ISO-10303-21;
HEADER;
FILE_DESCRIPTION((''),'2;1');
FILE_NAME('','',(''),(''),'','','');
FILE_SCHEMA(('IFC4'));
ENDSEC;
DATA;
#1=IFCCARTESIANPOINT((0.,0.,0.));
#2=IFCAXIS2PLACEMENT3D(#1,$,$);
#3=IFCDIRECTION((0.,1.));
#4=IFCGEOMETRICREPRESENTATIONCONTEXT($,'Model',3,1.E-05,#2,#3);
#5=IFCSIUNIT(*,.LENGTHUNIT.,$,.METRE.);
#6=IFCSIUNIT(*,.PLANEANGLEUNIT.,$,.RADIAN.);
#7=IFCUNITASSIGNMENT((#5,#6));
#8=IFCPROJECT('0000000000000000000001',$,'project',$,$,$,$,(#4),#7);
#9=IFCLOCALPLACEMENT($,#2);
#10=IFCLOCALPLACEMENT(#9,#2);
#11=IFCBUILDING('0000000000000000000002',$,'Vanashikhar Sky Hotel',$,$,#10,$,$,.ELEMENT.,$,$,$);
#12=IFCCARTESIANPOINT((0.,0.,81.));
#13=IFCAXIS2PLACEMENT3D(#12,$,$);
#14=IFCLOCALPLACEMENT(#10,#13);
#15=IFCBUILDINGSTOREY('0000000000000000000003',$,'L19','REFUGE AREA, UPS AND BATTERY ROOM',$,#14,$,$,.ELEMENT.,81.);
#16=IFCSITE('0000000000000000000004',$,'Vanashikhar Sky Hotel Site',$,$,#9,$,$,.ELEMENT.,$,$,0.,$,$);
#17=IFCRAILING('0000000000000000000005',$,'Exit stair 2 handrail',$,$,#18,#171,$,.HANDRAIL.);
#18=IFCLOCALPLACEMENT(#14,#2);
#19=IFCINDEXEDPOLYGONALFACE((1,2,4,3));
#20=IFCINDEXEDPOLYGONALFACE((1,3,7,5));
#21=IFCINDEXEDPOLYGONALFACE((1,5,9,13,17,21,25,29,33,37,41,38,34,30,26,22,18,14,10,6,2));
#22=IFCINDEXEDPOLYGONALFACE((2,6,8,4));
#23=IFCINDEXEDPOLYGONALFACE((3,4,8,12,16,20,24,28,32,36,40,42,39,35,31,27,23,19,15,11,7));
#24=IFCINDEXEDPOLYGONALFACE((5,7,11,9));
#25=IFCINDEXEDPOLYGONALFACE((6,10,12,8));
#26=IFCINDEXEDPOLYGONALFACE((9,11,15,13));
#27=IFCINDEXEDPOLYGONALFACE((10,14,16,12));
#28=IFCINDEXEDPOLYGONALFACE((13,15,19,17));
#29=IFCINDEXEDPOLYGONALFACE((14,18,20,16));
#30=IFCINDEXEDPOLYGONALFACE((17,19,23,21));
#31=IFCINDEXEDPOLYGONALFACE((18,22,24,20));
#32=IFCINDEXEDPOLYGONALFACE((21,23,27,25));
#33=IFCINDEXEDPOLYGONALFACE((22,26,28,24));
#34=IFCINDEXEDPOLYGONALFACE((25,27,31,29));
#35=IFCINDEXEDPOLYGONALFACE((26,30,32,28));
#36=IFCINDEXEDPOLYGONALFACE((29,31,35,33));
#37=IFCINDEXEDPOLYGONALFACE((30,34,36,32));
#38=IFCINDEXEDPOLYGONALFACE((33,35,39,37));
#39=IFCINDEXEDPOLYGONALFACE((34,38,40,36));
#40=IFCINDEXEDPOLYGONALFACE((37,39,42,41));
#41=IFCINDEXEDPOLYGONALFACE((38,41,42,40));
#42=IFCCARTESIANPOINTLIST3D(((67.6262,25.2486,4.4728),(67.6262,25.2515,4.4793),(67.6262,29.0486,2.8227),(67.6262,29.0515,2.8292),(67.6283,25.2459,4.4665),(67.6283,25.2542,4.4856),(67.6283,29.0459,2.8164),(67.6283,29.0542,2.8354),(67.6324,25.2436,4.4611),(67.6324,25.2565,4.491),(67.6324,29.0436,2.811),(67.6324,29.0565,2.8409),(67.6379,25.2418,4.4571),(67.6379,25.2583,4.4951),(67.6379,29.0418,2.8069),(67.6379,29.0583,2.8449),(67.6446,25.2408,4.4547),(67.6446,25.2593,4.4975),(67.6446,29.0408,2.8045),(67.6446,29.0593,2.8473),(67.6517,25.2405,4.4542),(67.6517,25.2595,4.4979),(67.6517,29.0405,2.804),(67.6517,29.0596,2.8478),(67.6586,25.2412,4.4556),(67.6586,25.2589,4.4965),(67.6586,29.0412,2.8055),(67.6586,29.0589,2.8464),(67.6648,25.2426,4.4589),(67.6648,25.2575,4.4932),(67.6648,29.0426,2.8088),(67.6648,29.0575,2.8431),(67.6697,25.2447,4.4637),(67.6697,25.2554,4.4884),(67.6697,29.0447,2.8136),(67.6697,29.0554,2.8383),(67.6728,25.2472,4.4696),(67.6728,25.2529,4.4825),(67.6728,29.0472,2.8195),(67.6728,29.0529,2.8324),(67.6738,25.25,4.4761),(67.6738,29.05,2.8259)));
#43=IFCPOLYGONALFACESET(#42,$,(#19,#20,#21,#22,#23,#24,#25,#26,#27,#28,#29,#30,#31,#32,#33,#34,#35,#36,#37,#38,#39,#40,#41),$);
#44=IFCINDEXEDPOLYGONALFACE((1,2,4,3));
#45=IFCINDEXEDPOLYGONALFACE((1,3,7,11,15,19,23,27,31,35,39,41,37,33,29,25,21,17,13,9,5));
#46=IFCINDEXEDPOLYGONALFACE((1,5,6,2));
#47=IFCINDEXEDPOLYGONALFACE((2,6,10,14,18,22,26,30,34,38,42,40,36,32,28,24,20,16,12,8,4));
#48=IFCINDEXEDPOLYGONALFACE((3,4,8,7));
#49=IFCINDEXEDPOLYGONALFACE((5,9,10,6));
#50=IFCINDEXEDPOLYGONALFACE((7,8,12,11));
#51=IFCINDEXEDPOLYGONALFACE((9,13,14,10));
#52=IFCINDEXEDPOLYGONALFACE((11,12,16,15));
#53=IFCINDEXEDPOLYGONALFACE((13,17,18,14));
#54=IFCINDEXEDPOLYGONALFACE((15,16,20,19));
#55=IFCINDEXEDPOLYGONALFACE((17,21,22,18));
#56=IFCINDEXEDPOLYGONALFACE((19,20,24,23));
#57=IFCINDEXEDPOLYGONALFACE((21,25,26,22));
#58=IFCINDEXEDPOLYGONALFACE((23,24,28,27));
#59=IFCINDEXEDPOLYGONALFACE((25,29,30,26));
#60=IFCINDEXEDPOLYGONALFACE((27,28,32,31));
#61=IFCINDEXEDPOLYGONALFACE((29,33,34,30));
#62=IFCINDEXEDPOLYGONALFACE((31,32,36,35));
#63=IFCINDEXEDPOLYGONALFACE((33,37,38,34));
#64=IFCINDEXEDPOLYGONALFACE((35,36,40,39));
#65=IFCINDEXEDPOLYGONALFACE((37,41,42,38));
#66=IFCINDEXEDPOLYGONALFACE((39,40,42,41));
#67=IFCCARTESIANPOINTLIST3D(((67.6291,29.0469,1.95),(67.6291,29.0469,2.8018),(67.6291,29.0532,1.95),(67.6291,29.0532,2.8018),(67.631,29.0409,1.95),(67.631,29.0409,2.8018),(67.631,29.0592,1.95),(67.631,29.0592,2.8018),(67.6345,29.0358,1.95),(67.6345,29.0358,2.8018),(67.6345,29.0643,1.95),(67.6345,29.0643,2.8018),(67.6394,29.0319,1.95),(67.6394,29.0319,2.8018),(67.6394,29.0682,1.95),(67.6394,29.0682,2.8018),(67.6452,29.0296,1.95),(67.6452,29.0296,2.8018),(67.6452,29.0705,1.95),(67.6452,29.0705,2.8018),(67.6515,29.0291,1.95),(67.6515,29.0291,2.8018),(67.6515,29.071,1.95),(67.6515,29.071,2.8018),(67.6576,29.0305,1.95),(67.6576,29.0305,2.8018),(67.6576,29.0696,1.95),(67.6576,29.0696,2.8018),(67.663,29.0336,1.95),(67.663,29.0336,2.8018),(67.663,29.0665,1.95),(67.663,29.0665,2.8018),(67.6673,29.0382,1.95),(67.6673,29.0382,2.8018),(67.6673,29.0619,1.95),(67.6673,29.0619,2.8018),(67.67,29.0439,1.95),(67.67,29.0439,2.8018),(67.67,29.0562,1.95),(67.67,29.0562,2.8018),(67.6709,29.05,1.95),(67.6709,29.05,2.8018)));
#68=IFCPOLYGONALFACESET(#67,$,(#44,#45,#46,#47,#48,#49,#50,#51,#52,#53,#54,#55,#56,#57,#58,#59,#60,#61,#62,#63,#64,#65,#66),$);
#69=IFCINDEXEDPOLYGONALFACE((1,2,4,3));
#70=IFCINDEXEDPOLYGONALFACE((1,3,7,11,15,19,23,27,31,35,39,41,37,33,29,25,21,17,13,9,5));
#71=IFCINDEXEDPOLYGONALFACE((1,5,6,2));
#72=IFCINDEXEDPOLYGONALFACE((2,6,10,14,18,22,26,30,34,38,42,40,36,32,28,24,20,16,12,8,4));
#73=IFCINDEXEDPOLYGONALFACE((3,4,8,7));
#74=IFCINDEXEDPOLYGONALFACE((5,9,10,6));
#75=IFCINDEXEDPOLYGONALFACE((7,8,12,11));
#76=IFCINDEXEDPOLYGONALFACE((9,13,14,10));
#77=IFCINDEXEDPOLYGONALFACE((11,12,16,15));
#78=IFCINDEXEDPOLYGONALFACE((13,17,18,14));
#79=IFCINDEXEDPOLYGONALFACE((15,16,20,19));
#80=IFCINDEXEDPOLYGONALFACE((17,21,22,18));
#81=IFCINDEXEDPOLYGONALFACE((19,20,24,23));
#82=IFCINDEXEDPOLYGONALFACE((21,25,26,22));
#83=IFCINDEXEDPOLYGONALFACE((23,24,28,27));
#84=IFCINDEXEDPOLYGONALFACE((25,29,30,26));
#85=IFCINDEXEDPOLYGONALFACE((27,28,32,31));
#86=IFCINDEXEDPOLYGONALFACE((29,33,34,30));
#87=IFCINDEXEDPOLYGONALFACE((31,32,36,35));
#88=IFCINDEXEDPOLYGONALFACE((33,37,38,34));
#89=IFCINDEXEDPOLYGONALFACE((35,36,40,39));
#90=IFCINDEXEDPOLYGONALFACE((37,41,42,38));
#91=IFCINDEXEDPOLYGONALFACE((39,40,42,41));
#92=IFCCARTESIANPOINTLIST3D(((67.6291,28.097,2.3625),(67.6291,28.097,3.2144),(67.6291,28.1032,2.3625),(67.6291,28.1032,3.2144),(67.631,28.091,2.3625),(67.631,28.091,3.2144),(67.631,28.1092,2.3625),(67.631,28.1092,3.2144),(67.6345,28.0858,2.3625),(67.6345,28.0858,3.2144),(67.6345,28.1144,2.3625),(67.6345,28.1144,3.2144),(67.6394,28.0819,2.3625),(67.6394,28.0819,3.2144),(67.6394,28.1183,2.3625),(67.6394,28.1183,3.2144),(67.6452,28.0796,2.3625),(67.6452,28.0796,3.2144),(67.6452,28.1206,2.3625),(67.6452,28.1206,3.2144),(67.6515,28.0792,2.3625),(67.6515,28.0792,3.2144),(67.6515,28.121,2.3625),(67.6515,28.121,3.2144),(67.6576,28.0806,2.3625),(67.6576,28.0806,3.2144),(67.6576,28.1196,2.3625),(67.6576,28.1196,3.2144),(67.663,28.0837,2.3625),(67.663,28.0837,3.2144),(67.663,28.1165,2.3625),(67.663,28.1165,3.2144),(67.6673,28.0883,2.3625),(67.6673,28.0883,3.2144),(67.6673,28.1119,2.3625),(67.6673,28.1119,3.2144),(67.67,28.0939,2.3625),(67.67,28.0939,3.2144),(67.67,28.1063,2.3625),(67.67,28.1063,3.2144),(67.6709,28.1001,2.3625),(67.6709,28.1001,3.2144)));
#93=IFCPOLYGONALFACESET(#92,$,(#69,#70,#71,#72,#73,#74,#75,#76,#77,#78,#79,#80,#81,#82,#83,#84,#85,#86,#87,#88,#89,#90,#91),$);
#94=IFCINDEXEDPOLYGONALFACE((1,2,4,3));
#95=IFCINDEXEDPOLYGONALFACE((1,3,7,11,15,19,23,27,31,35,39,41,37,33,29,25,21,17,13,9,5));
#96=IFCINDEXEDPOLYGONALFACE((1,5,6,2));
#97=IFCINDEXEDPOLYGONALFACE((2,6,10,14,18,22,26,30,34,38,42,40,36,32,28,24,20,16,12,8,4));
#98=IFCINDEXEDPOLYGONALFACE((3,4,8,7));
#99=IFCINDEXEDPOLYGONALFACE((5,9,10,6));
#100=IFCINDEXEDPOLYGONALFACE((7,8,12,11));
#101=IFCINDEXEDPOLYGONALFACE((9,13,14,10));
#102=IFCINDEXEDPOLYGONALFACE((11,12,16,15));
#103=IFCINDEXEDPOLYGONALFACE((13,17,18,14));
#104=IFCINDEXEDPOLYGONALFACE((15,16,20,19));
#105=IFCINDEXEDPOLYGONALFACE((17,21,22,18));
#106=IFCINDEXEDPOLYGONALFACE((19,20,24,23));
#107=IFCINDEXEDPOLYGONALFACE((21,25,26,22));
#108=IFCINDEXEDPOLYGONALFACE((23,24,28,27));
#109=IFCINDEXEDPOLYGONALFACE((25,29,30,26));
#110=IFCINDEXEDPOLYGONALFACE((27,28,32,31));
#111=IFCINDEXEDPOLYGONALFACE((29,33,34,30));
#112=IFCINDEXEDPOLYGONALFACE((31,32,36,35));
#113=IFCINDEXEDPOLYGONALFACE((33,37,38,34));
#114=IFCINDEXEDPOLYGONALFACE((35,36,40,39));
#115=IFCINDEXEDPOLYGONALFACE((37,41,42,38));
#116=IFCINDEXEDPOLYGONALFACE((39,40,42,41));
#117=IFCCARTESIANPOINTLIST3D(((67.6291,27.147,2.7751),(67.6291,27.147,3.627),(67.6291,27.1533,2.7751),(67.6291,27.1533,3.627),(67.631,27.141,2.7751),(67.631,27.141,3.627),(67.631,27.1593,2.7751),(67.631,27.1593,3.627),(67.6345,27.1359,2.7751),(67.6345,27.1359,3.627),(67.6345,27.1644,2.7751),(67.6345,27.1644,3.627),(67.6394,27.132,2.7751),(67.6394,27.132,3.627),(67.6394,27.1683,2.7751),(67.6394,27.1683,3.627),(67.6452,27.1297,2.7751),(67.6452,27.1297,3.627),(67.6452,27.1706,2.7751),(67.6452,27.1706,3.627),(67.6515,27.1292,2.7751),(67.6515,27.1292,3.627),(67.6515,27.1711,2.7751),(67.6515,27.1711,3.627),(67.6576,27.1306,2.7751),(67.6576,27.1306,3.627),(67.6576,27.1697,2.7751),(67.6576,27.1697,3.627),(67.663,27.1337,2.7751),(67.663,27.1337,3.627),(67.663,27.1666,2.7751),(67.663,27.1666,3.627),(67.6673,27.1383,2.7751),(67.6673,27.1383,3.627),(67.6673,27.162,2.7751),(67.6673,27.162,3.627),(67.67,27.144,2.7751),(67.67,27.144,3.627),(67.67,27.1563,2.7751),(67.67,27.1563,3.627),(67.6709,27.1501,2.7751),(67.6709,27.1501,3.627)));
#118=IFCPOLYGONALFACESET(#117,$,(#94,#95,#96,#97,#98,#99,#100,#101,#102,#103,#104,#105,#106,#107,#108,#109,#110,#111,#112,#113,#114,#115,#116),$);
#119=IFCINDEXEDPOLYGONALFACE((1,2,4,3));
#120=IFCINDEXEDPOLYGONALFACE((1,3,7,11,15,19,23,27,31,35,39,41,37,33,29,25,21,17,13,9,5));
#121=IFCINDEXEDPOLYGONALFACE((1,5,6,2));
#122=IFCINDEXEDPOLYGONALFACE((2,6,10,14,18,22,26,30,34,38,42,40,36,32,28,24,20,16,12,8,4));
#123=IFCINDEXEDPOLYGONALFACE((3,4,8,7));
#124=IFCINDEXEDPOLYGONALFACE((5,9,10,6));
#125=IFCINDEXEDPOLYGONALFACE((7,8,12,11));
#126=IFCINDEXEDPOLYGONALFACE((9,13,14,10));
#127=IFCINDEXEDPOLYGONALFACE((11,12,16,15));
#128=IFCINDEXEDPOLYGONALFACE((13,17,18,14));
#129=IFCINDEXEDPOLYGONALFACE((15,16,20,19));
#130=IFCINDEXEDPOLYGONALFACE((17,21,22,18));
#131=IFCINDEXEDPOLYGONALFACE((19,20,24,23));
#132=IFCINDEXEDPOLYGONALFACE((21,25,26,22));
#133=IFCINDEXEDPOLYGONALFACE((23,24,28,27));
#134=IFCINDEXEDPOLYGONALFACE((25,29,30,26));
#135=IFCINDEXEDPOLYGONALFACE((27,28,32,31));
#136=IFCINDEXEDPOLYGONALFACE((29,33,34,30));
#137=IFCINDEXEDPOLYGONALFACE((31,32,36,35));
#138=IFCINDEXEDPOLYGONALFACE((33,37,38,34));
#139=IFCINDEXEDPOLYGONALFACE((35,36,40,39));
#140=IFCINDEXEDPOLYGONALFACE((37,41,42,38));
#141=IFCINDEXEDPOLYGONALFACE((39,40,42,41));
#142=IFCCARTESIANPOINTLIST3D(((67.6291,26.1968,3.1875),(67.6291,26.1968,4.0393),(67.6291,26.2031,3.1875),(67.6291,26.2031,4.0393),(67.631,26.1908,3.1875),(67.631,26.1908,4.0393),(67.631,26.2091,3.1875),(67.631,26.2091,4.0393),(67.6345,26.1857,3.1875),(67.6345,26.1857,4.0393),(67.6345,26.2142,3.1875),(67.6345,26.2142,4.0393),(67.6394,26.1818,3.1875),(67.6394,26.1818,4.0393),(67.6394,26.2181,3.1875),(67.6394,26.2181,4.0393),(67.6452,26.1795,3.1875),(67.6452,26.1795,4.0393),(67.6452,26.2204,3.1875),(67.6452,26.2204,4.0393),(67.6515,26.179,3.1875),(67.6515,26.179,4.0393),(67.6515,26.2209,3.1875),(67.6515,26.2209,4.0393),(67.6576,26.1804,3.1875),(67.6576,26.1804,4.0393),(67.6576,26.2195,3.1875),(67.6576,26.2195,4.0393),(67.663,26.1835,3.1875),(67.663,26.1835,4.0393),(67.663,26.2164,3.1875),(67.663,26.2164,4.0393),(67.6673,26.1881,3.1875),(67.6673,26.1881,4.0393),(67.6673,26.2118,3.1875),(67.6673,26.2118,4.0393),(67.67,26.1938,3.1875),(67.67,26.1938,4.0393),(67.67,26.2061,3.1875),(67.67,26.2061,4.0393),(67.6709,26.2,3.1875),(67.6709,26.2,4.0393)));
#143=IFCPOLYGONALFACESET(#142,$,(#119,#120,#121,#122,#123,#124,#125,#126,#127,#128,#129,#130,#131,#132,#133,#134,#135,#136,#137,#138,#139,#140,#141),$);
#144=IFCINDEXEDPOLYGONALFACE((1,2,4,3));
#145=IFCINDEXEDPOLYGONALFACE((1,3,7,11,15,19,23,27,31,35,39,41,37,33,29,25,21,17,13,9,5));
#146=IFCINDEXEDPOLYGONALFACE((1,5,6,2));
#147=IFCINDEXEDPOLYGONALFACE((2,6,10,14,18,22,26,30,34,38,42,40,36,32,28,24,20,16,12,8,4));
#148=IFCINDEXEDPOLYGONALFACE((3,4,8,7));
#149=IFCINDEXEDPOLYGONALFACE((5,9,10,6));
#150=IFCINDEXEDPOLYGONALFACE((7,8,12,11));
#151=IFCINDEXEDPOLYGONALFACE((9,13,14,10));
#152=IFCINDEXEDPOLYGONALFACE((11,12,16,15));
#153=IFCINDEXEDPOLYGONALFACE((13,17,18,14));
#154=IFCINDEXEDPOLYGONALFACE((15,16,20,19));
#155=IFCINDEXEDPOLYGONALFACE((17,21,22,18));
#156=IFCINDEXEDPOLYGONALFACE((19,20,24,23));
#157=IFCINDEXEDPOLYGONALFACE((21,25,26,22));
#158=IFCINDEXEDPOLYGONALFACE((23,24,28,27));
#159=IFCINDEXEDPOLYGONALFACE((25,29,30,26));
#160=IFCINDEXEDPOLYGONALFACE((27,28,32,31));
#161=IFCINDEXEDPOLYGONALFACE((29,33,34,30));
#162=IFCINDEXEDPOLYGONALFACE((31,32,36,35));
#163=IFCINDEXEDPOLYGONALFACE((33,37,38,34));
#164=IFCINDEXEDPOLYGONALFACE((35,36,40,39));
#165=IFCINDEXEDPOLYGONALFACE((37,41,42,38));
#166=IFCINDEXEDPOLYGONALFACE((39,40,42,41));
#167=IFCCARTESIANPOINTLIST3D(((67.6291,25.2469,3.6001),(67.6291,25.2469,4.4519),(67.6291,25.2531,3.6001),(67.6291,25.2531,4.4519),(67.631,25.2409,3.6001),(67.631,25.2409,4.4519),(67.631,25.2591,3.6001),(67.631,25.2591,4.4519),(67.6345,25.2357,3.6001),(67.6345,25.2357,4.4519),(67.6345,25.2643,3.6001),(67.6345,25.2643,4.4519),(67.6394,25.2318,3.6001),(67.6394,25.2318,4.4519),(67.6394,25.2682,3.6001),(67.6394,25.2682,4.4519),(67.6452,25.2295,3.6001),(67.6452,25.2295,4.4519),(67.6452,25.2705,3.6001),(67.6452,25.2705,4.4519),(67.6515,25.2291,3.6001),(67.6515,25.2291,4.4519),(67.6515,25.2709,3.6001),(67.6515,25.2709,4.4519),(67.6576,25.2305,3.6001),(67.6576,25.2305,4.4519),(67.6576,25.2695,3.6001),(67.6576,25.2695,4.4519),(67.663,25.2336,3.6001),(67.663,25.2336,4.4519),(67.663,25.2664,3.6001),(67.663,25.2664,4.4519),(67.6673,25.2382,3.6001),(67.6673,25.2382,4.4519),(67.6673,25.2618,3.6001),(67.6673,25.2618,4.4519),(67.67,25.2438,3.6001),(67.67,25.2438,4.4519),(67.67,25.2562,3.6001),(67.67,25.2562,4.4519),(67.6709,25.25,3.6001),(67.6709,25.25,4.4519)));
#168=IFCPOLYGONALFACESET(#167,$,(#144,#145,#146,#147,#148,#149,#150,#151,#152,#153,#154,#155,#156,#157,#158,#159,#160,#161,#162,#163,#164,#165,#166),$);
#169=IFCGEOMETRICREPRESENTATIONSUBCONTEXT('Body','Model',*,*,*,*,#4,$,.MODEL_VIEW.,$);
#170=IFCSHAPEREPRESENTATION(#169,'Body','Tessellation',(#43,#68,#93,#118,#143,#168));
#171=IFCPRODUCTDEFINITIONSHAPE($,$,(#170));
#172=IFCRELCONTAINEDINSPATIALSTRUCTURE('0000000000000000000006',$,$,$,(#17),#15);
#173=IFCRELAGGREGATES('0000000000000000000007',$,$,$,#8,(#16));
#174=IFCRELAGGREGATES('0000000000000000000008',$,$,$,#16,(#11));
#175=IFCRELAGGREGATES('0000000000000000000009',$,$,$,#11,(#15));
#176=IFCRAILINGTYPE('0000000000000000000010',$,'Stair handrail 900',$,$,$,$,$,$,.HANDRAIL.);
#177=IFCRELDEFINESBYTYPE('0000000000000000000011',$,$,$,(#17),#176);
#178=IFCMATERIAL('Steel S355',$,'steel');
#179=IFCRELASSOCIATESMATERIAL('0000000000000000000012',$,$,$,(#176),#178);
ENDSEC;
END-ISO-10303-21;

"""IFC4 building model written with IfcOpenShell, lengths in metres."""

from ifc_helpers import new_model, si_unit, direction, frame, origin, origin_2d, place, context, subcontext, project, spatial, circle, extrude, source, transform, mapped, material, type_object, element, save


model = new_model("IFC4")

# Units and contexts
model_context = context("Model", 3, precision=1e-05, world=origin(), true_north=direction((0.0, 1.0)))
body_context = subcontext(model_context, "Body", "Model", "MODEL_VIEW")
ifc_project = project(units=[si_unit("LENGTHUNIT", "METRE"), si_unit("PLANEANGLEUNIT", "RADIAN")], contexts=[model_context])

# Site, building, storey
site_placement = place(None, origin())
site = spatial("IfcSite", under=ifc_project, at=site_placement, Name="Vanashikhar Sky Hotel Site", CompositionType="ELEMENT", RefElevation=0.0)
building_placement = place(site_placement, origin())
building = spatial("IfcBuilding", under=site, at=building_placement, Name="Vanashikhar Sky Hotel", CompositionType="ELEMENT")
storey_placement = place(building_placement, frame((0.0, 0.0, 81.0)))
storey = spatial("IfcBuildingStorey", under=building, at=storey_placement, Name="L19", Description="REFUGE AREA, UPS AND BATTERY ROOM", CompositionType="ELEMENT", Elevation=81.0)

# Railing
ifc_material_1 = material(Name="Steel S355", Category="steel")
railing_type_1 = type_object("IfcRailingType", Name="Stair handrail 900", PredefinedType="HANDRAIL", material=ifc_material_1)
shared_shape_1 = source(origin(), body_context, "Body", "SweptSolid", [
    extrude(circle(Radius=0.0239, at=origin_2d()), frame((0.0, 0.0, 0.876), z_axis=(0.0, -0.917251, 0.39831), x_axis=(1.0, 0.0, 0.0)), (0.0, 0.0, 1.0), 4.1428),
    extrude(circle(Radius=0.021, at=origin_2d()), origin(), (0.0, 0.0, 1.0), 0.8518),
    extrude(circle(Radius=0.021, at=origin_2d()), frame((0.0, -0.95, 0.4126)), (0.0, 0.0, 1.0), 0.8518),
    extrude(circle(Radius=0.021, at=origin_2d()), frame((0.0, -1.8999, 0.8252)), (0.0, 0.0, 1.0), 0.8518),
    extrude(circle(Radius=0.021, at=origin_2d()), frame((0.0, -2.8501, 1.2375)), (0.0, 0.0, 1.0), 0.8518),
    extrude(circle(Radius=0.021, at=origin_2d()), frame((0.0, -3.8, 1.6501)), (0.0, 0.0, 1.0), 0.8518),
])
for number, where, name in (
    (1, (67.6499, 29.05, 1.95), "Exit stair 2 handrail"),
):
    element("IfcRailing", number, at=place(storey_placement, frame(where)), inside=storey, type_object=railing_type_1, Name=name, PredefinedType="HANDRAIL", context=body_context, shape_type="MappedRepresentation", body=[
        mapped(shared_shape_1, transform((0.0, 0.0, 0.0), scale=1.0)),
    ])

save(model, "model.ifc")
